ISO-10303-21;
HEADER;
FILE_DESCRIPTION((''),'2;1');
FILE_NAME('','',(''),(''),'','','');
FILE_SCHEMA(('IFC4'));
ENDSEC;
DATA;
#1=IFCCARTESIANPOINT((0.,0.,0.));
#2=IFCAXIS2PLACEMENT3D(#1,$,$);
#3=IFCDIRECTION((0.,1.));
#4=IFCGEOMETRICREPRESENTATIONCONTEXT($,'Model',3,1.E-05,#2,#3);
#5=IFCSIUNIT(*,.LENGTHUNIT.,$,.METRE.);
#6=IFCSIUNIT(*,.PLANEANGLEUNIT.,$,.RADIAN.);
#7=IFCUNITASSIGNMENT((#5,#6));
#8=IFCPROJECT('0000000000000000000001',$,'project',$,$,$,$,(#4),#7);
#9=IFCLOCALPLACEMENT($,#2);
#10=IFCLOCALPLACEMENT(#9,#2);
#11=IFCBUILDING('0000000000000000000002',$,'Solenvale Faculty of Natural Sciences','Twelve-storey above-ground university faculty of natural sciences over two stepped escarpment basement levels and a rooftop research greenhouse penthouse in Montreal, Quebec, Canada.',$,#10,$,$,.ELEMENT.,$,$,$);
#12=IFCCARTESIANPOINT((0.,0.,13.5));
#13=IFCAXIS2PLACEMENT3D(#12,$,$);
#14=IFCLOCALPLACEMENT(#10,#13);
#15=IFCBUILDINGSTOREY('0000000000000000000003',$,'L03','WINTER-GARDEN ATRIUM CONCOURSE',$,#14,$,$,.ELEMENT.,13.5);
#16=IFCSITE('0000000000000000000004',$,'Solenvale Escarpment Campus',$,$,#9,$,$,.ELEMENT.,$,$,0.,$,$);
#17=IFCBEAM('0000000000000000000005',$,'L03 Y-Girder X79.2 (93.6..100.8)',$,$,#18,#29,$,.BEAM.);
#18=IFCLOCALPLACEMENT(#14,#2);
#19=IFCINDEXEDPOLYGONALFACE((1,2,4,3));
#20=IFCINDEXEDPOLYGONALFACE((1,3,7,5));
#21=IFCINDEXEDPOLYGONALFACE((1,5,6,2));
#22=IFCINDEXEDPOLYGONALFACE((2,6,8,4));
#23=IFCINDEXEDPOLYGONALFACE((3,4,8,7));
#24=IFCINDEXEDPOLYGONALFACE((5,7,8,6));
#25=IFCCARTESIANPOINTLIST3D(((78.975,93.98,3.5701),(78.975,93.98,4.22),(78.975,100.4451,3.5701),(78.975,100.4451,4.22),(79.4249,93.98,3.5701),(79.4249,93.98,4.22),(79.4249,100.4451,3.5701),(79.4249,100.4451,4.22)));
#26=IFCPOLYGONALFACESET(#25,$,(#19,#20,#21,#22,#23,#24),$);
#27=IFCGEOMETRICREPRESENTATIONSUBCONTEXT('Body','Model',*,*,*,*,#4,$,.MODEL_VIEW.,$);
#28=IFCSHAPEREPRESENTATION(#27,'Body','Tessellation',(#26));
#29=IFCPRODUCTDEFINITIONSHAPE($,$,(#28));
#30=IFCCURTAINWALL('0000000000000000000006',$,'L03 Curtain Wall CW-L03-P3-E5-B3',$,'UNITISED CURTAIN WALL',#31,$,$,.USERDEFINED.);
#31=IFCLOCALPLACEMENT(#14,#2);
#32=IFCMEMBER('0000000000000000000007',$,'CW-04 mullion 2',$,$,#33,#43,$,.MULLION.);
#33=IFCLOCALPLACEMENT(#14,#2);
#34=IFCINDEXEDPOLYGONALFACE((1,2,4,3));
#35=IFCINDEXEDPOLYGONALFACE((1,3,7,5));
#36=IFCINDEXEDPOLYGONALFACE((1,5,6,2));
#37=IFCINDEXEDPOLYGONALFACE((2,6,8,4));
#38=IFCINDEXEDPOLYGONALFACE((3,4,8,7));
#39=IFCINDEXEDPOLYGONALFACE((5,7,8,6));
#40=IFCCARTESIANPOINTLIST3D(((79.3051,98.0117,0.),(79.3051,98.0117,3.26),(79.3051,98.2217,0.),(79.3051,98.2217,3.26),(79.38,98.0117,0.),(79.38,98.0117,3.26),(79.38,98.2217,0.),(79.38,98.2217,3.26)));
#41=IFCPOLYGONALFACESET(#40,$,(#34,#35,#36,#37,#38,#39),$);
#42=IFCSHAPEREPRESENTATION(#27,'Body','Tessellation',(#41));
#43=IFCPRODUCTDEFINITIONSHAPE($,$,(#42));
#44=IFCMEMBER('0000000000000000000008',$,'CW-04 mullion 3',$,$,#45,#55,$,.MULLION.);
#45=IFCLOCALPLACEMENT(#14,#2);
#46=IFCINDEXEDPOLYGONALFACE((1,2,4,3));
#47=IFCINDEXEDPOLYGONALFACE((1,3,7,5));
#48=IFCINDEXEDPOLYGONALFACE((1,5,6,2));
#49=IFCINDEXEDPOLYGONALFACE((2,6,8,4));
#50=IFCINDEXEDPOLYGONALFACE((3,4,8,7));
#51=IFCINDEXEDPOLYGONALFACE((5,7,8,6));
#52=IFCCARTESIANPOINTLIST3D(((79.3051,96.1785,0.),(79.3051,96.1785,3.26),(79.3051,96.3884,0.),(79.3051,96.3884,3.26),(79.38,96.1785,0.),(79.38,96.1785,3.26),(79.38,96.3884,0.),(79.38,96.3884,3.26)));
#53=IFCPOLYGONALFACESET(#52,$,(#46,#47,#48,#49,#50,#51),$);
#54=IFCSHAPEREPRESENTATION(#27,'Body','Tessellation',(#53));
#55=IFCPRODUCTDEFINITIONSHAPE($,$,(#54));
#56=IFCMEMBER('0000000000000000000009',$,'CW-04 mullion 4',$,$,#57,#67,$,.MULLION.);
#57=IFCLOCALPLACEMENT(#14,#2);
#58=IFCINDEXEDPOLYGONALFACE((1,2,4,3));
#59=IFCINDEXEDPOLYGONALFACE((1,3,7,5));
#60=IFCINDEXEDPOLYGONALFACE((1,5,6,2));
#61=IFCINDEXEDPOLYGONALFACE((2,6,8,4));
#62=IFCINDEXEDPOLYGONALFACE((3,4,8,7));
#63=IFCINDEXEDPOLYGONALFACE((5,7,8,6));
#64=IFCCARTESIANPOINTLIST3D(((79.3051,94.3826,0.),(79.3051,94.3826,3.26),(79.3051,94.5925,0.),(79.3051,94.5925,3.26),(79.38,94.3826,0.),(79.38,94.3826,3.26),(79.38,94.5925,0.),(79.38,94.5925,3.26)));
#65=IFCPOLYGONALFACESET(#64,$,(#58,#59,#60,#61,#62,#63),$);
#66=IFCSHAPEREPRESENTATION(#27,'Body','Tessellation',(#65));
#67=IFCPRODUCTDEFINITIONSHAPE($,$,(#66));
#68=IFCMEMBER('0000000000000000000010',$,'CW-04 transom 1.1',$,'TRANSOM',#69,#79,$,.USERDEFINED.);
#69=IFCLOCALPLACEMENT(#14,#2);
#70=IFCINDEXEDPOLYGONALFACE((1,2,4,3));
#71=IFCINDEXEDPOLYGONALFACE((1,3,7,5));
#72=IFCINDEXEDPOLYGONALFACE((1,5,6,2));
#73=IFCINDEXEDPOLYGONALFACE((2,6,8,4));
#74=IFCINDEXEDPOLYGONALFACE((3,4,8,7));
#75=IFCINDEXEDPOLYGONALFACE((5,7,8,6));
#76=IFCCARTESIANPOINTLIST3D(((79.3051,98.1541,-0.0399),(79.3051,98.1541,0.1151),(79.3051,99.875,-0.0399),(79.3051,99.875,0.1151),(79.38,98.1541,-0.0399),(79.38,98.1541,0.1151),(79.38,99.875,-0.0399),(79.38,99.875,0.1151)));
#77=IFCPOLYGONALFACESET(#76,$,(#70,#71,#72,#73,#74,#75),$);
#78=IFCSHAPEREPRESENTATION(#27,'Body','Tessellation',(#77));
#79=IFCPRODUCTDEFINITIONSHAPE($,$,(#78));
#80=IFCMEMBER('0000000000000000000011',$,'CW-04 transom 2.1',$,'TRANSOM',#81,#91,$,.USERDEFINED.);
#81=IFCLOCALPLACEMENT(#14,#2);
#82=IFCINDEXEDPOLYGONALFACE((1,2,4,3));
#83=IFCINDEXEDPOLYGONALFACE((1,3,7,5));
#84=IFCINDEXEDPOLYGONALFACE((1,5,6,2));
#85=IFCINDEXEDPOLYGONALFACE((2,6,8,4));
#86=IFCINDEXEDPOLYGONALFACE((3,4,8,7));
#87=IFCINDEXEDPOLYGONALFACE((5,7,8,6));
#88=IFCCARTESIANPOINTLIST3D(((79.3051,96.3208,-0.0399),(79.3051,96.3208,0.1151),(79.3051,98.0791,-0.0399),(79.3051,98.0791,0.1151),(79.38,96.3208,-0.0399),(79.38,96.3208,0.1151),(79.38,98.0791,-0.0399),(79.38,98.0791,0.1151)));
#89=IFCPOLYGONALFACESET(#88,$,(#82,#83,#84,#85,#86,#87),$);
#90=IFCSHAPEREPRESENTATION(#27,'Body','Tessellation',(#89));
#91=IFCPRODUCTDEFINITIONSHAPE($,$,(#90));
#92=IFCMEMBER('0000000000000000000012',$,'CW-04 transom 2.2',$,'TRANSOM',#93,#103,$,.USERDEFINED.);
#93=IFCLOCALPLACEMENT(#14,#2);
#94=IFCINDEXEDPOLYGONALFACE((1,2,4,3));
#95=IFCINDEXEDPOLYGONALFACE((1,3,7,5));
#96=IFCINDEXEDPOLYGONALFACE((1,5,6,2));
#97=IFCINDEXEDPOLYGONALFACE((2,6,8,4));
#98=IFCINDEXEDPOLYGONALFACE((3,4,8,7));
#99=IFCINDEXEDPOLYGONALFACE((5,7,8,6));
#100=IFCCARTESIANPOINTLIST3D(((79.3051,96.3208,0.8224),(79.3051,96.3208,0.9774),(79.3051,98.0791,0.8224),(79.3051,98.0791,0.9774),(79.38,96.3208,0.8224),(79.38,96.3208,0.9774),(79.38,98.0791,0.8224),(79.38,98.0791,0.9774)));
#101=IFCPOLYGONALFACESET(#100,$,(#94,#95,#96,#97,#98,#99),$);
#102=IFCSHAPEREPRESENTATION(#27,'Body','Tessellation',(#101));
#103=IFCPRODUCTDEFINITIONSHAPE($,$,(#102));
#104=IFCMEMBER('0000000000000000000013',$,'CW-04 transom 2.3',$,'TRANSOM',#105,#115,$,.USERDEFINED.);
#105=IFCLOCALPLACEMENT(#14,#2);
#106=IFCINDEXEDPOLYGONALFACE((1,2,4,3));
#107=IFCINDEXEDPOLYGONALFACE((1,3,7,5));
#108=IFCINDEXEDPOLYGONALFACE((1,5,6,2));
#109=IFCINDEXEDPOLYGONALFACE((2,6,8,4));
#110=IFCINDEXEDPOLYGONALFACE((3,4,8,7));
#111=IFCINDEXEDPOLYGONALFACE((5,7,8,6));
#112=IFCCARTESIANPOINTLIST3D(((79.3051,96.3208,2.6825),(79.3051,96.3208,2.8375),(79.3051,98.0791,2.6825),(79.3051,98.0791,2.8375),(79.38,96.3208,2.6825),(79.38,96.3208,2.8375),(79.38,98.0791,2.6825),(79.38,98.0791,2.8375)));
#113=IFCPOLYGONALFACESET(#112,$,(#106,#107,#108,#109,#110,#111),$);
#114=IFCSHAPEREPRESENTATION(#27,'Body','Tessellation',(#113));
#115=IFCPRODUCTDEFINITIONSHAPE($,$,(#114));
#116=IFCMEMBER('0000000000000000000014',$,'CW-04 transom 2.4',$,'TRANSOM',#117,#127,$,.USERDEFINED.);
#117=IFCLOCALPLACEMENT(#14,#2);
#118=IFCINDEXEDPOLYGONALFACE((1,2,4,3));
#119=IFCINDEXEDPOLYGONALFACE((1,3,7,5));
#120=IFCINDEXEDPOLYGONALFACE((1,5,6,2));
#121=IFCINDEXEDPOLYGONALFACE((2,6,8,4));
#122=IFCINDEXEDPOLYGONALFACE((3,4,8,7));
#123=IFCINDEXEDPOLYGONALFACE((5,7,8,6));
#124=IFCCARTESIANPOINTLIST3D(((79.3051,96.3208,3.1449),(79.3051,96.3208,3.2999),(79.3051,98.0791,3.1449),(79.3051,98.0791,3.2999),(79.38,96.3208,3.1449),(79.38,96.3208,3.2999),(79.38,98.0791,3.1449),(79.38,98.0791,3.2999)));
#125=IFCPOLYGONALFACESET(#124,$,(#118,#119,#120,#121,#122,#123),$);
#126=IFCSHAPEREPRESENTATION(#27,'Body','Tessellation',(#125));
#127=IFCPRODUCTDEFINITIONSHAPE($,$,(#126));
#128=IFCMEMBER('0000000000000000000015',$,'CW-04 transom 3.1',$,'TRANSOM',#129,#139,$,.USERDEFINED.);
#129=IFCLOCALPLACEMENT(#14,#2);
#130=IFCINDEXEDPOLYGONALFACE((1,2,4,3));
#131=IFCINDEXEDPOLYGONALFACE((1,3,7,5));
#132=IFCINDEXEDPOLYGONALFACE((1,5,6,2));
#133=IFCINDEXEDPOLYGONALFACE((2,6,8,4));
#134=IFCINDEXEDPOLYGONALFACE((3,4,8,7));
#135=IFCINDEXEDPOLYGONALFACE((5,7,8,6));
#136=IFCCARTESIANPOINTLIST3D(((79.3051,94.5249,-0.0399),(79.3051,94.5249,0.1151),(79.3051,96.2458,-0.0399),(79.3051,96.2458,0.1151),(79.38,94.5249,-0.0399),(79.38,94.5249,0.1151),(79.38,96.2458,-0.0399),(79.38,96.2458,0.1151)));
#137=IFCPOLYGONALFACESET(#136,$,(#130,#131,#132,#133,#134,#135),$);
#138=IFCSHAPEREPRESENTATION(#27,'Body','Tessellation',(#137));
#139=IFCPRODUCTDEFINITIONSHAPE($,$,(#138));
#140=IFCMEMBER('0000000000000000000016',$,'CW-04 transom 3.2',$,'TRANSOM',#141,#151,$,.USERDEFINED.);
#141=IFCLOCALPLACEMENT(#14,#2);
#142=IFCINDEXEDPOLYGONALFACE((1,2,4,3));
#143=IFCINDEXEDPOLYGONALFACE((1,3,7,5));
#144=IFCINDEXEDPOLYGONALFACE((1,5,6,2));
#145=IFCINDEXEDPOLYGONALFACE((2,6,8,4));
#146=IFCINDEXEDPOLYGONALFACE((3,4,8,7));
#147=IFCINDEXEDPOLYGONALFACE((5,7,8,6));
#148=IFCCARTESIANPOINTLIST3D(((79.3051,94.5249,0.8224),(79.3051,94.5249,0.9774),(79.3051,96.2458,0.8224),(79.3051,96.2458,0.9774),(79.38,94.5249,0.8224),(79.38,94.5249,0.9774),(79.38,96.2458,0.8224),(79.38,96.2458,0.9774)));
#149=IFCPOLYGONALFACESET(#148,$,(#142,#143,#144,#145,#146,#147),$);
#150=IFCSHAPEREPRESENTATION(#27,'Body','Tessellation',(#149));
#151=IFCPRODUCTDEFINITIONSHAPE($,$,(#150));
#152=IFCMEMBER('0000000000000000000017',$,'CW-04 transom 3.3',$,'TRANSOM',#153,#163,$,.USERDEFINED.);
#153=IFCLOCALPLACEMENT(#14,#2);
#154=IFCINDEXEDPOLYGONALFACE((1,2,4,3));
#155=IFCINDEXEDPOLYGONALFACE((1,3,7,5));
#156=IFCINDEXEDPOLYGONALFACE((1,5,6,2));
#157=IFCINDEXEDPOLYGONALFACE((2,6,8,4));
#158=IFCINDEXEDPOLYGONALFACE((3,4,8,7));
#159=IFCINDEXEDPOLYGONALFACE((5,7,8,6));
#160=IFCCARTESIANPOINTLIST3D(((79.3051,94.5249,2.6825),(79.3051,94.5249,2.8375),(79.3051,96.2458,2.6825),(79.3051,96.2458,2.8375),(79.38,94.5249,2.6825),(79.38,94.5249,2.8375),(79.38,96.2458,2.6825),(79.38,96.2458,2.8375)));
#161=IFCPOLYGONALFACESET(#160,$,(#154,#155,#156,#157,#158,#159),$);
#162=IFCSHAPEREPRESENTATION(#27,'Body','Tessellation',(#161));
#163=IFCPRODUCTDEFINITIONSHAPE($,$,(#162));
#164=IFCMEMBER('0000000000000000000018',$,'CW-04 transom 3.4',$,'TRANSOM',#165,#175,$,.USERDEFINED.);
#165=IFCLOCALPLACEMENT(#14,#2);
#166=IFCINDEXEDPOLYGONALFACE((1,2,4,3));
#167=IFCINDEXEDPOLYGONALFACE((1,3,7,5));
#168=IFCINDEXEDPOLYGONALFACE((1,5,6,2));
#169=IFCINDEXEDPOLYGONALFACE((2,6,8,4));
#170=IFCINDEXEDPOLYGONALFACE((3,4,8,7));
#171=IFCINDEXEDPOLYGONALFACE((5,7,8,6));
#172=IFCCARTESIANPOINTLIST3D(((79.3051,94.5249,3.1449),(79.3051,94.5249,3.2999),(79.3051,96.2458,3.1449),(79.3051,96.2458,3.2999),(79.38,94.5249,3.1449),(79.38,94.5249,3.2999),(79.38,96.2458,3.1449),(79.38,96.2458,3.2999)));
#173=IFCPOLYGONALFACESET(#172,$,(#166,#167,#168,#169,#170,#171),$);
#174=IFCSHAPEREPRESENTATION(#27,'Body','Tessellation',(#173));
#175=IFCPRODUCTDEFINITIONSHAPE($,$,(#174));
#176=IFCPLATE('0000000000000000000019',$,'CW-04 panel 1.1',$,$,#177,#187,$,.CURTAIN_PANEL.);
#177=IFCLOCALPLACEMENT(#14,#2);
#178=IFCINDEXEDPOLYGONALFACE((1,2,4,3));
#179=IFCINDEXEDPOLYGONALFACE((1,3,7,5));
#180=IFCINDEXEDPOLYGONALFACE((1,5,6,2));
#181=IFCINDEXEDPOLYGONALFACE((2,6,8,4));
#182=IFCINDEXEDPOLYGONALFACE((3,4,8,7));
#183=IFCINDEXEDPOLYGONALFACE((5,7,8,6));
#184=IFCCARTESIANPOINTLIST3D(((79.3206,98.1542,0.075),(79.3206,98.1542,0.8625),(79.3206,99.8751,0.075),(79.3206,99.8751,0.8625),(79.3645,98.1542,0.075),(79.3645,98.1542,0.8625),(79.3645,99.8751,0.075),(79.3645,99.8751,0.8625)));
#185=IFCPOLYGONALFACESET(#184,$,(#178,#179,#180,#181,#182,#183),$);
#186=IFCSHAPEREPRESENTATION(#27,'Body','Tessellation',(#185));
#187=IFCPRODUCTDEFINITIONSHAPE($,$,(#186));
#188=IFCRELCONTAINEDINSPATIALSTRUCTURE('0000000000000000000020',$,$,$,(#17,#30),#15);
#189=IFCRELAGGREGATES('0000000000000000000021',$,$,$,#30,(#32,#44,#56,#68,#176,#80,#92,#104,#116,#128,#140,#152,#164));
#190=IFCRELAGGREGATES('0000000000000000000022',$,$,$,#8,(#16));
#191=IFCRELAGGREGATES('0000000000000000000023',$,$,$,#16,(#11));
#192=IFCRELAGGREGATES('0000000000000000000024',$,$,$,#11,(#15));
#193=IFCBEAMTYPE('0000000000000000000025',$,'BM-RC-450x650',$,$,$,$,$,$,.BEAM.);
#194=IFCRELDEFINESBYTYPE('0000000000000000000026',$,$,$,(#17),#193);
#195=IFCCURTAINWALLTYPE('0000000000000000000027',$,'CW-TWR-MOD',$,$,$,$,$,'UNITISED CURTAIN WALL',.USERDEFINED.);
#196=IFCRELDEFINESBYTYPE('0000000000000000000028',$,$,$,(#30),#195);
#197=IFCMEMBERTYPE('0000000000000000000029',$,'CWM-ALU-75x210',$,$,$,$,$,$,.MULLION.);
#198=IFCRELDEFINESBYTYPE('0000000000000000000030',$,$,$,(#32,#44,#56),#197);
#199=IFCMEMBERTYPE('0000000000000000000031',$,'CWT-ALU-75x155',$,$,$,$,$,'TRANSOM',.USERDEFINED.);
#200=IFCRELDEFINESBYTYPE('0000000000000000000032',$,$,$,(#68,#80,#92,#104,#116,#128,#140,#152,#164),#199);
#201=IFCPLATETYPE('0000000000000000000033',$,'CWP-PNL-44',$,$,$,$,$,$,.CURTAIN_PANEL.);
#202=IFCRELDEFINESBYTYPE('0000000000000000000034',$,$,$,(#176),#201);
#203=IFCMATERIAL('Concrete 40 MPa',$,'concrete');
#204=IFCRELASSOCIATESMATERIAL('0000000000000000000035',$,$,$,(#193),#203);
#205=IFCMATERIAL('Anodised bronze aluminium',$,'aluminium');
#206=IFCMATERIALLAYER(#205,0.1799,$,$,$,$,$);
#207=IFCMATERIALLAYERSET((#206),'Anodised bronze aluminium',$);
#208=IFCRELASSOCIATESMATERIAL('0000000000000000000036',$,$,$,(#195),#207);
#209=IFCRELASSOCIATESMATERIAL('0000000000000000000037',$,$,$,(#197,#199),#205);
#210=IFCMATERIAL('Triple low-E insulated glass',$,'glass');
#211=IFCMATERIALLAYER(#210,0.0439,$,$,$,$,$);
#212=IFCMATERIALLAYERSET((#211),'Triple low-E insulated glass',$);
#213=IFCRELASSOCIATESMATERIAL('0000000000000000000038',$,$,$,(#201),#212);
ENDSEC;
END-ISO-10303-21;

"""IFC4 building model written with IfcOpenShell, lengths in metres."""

from ifc_helpers import new_model, si_unit, direction, frame, origin, origin_2d, place, context, subcontext, project, spatial, rectangle, extrude, material, layer, layer_set, material_profile, profile_set, type_object, element, aggregate, save


model = new_model("IFC4")

# Units and contexts
model_context = context("Model", 3, precision=1e-05, world=origin(), true_north=direction((0.0, 1.0)))
body_context = subcontext(model_context, "Body", "Model", "MODEL_VIEW")
ifc_project = project(units=[si_unit("LENGTHUNIT", "METRE"), si_unit("PLANEANGLEUNIT", "RADIAN")], contexts=[model_context])

# Site, building, storey
site_placement = place(None, origin())
site = spatial("IfcSite", under=ifc_project, at=site_placement, Name="Solenvale Escarpment Campus", CompositionType="ELEMENT", RefElevation=0.0)
building_placement = place(site_placement, origin())
building = spatial("IfcBuilding", under=site, at=building_placement, Name="Solenvale Faculty of Natural Sciences", Description="Twelve-storey above-ground university faculty of natural sciences over two stepped escarpment basement levels and a rooftop research greenhouse penthouse in Montreal, Quebec, Canada.", CompositionType="ELEMENT")
storey_placement = place(building_placement, frame((0.0, 0.0, 13.5)))
storey = spatial("IfcBuildingStorey", under=building, at=storey_placement, Name="L03", Description="WINTER-GARDEN ATRIUM CONCOURSE", CompositionType="ELEMENT", Elevation=13.5)

# Beam
ifc_material_1 = material(Name="Concrete 40 MPa", Category="concrete")
ifc_material_profile_1 = material_profile(ifc_material_1, rectangle(XDim=0.45, YDim=0.6499, at=origin_2d()), Name="RC-BM-450x650")
ifc_profile_set_1 = profile_set([ifc_material_profile_1], Name="Concrete 40 MPa")
beam_type = type_object("IfcBeamType", Name="BM-RC-450x650", PredefinedType="BEAM", material=ifc_profile_set_1)
beam_placement = place(storey_placement, frame((79.2, 93.98, 3.895), z_axis=(0.0, 1.0, 0.0), x_axis=(-1.0, 0.0, 0.0)))
element("IfcBeam", 1, at=beam_placement, inside=storey, type_object=beam_type, Name="L03 Y-Girder X79.2 (93.6..100.8)", PredefinedType="BEAM", context=body_context, shape_type="SweptSolid", body=[
    extrude(rectangle(XDim=0.45, YDim=0.6499, at=origin_2d()), origin(), (0.0, 0.0, 1.0), 6.4651),
])

# Curtain wall, members, plate
ifc_material_2 = material(Name="Anodised bronze aluminium", Category="aluminium")
ifc_layer_1 = layer(ifc_material_2, 0.1799)
ifc_layer_set_1 = layer_set([ifc_layer_1], Name="Anodised bronze aluminium")
curtain_wall_type = type_object("IfcCurtainWallType", Name="CW-TWR-MOD", ElementType="UNITISED CURTAIN WALL", PredefinedType="USERDEFINED", material=ifc_layer_set_1)
curtain_wall_placement = place(storey_placement, origin())
curtain_wall = element("IfcCurtainWall", 2, at=curtain_wall_placement, inside=storey, type_object=curtain_wall_type, Name="L03 Curtain Wall CW-L03-P3-E5-B3", ObjectType="UNITISED CURTAIN WALL", PredefinedType="USERDEFINED")
ifc_material_profile_2 = material_profile(ifc_material_2, rectangle(XDim=0.075, YDim=0.21, at=origin_2d()), Name="ALU-MUL-75x210")
ifc_profile_set_2 = profile_set([ifc_material_profile_2], Name="Anodised bronze aluminium")
member_type_1 = type_object("IfcMemberType", Name="CWM-ALU-75x210", PredefinedType="MULLION", material=ifc_profile_set_2)
member_1_placement = place(storey_placement, frame((79.3425, 98.1167, 0.0), z_axis=(0.0, 0.0, 1.0), x_axis=(1.0, 0.0, 0.0)))
member_1 = element("IfcMember", 3, at=member_1_placement, type_object=member_type_1, Name="CW-04 mullion 2", PredefinedType="MULLION", context=body_context, shape_type="SweptSolid", body=[
    extrude(rectangle(XDim=0.075, YDim=0.21, at=origin_2d()), origin(), (0.0, 0.0, 1.0), 3.26),
])
member_2_placement = place(storey_placement, frame((79.3425, 96.2834, 0.0), z_axis=(0.0, 0.0, 1.0), x_axis=(1.0, 0.0, 0.0)))
member_2 = element("IfcMember", 4, at=member_2_placement, type_object=member_type_1, Name="CW-04 mullion 3", PredefinedType="MULLION", context=body_context, shape_type="SweptSolid", body=[
    extrude(rectangle(XDim=0.075, YDim=0.21, at=origin_2d()), origin(), (0.0, 0.0, 1.0), 3.26),
])
member_3_placement = place(storey_placement, frame((79.3425, 94.4875, 0.0), z_axis=(0.0, 0.0, 1.0), x_axis=(1.0, 0.0, 0.0)))
member_3 = element("IfcMember", 5, at=member_3_placement, type_object=member_type_1, Name="CW-04 mullion 4", PredefinedType="MULLION", context=body_context, shape_type="SweptSolid", body=[
    extrude(rectangle(XDim=0.075, YDim=0.21, at=origin_2d()), origin(), (0.0, 0.0, 1.0), 3.26),
])
ifc_material_profile_3 = material_profile(ifc_material_2, rectangle(XDim=0.075, YDim=0.155, at=origin_2d()), Name="ALU-TRN-75x155")
ifc_profile_set_3 = profile_set([ifc_material_profile_3], Name="Anodised bronze aluminium")
member_type_2 = type_object("IfcMemberType", Name="CWT-ALU-75x155", ElementType="TRANSOM", PredefinedType="USERDEFINED", material=ifc_profile_set_3)
member_4_placement = place(storey_placement, frame((79.3425, 99.875, 0.0376), z_axis=(0.0, -1.0, 0.0), x_axis=(1.0, 0.0, 0.0)))
member_4 = element("IfcMember", 6, at=member_4_placement, type_object=member_type_2, Name="CW-04 transom 1.1", ObjectType="TRANSOM", PredefinedType="USERDEFINED", context=body_context, shape_type="SweptSolid", body=[
    extrude(rectangle(XDim=0.075, YDim=0.155, at=origin_2d()), origin(), (0.0, 0.0, 1.0), 1.7209),
])
member_5_placement = place(storey_placement, frame((79.3425, 98.0791, 0.0376), z_axis=(0.0, -1.0, 0.0), x_axis=(1.0, 0.0, 0.0)))
member_5 = element("IfcMember", 7, at=member_5_placement, type_object=member_type_2, Name="CW-04 transom 2.1", ObjectType="TRANSOM", PredefinedType="USERDEFINED", context=body_context, shape_type="SweptSolid", body=[
    extrude(rectangle(XDim=0.075, YDim=0.155, at=origin_2d()), origin(), (0.0, 0.0, 1.0), 1.7583),
])
member_6_placement = place(storey_placement, frame((79.3425, 98.0791, 0.8999), z_axis=(0.0, -1.0, 0.0), x_axis=(1.0, 0.0, 0.0)))
member_6 = element("IfcMember", 8, at=member_6_placement, type_object=member_type_2, Name="CW-04 transom 2.2", ObjectType="TRANSOM", PredefinedType="USERDEFINED", context=body_context, shape_type="SweptSolid", body=[
    extrude(rectangle(XDim=0.075, YDim=0.155, at=origin_2d()), origin(), (0.0, 0.0, 1.0), 1.7583),
])
member_7_placement = place(storey_placement, frame((79.3425, 98.0791, 2.76), z_axis=(0.0, -1.0, 0.0), x_axis=(1.0, 0.0, 0.0)))
member_7 = element("IfcMember", 9, at=member_7_placement, type_object=member_type_2, Name="CW-04 transom 2.3", ObjectType="TRANSOM", PredefinedType="USERDEFINED", context=body_context, shape_type="SweptSolid", body=[
    extrude(rectangle(XDim=0.075, YDim=0.155, at=origin_2d()), origin(), (0.0, 0.0, 1.0), 1.7583),
])
member_8_placement = place(storey_placement, frame((79.3425, 98.0791, 3.2224), z_axis=(0.0, -1.0, 0.0), x_axis=(1.0, 0.0, 0.0)))
member_8 = element("IfcMember", 10, at=member_8_placement, type_object=member_type_2, Name="CW-04 transom 2.4", ObjectType="TRANSOM", PredefinedType="USERDEFINED", context=body_context, shape_type="SweptSolid", body=[
    extrude(rectangle(XDim=0.075, YDim=0.155, at=origin_2d()), origin(), (0.0, 0.0, 1.0), 1.7583),
])
member_9_placement = place(storey_placement, frame((79.3425, 96.2458, 0.0376), z_axis=(0.0, -1.0, 0.0), x_axis=(1.0, 0.0, 0.0)))
member_9 = element("IfcMember", 11, at=member_9_placement, type_object=member_type_2, Name="CW-04 transom 3.1", ObjectType="TRANSOM", PredefinedType="USERDEFINED", context=body_context, shape_type="SweptSolid", body=[
    extrude(rectangle(XDim=0.075, YDim=0.155, at=origin_2d()), origin(), (0.0, 0.0, 1.0), 1.7209),
])
member_10_placement = place(storey_placement, frame((79.3425, 96.2458, 0.8999), z_axis=(0.0, -1.0, 0.0), x_axis=(1.0, 0.0, 0.0)))
member_10 = element("IfcMember", 12, at=member_10_placement, type_object=member_type_2, Name="CW-04 transom 3.2", ObjectType="TRANSOM", PredefinedType="USERDEFINED", context=body_context, shape_type="SweptSolid", body=[
    extrude(rectangle(XDim=0.075, YDim=0.155, at=origin_2d()), origin(), (0.0, 0.0, 1.0), 1.7209),
])
member_11_placement = place(storey_placement, frame((79.3425, 96.2458, 2.76), z_axis=(0.0, -1.0, 0.0), x_axis=(1.0, 0.0, 0.0)))
member_11 = element("IfcMember", 13, at=member_11_placement, type_object=member_type_2, Name="CW-04 transom 3.3", ObjectType="TRANSOM", PredefinedType="USERDEFINED", context=body_context, shape_type="SweptSolid", body=[
    extrude(rectangle(XDim=0.075, YDim=0.155, at=origin_2d()), origin(), (0.0, 0.0, 1.0), 1.7209),
])
member_12_placement = place(storey_placement, frame((79.3425, 96.2458, 3.2224), z_axis=(0.0, -1.0, 0.0), x_axis=(1.0, 0.0, 0.0)))
member_12 = element("IfcMember", 14, at=member_12_placement, type_object=member_type_2, Name="CW-04 transom 3.4", ObjectType="TRANSOM", PredefinedType="USERDEFINED", context=body_context, shape_type="SweptSolid", body=[
    extrude(rectangle(XDim=0.075, YDim=0.155, at=origin_2d()), origin(), (0.0, 0.0, 1.0), 1.7209),
])
ifc_material_3 = material(Name="Triple low-E insulated glass", Category="glass")
ifc_layer_2 = layer(ifc_material_3, 0.0439)
ifc_layer_set_2 = layer_set([ifc_layer_2], Name="Triple low-E insulated glass")
plate_type = type_object("IfcPlateType", Name="CWP-PNL-44", PredefinedType="CURTAIN_PANEL", material=ifc_layer_set_2)
plate_1_placement = place(storey_placement, frame((79.3425, 99.0146, 0.075), z_axis=(0.0, 0.0, 1.0), x_axis=(0.0, -1.0, 0.0)))
plate_1 = element("IfcPlate", 15, at=plate_1_placement, type_object=plate_type, Name="CW-04 panel 1.1", PredefinedType="CURTAIN_PANEL", context=body_context, shape_type="SweptSolid", body=[
    extrude(rectangle(XDim=1.7209, YDim=0.0439, at=origin_2d()), origin(), (0.0, 0.0, 1.0), 0.7876),
])
aggregate(curtain_wall, [member_1, member_2, member_3, member_4, plate_1, member_5, member_6, member_7, member_8, member_9, member_10, member_11, member_12])

save(model, "model.ifc")
